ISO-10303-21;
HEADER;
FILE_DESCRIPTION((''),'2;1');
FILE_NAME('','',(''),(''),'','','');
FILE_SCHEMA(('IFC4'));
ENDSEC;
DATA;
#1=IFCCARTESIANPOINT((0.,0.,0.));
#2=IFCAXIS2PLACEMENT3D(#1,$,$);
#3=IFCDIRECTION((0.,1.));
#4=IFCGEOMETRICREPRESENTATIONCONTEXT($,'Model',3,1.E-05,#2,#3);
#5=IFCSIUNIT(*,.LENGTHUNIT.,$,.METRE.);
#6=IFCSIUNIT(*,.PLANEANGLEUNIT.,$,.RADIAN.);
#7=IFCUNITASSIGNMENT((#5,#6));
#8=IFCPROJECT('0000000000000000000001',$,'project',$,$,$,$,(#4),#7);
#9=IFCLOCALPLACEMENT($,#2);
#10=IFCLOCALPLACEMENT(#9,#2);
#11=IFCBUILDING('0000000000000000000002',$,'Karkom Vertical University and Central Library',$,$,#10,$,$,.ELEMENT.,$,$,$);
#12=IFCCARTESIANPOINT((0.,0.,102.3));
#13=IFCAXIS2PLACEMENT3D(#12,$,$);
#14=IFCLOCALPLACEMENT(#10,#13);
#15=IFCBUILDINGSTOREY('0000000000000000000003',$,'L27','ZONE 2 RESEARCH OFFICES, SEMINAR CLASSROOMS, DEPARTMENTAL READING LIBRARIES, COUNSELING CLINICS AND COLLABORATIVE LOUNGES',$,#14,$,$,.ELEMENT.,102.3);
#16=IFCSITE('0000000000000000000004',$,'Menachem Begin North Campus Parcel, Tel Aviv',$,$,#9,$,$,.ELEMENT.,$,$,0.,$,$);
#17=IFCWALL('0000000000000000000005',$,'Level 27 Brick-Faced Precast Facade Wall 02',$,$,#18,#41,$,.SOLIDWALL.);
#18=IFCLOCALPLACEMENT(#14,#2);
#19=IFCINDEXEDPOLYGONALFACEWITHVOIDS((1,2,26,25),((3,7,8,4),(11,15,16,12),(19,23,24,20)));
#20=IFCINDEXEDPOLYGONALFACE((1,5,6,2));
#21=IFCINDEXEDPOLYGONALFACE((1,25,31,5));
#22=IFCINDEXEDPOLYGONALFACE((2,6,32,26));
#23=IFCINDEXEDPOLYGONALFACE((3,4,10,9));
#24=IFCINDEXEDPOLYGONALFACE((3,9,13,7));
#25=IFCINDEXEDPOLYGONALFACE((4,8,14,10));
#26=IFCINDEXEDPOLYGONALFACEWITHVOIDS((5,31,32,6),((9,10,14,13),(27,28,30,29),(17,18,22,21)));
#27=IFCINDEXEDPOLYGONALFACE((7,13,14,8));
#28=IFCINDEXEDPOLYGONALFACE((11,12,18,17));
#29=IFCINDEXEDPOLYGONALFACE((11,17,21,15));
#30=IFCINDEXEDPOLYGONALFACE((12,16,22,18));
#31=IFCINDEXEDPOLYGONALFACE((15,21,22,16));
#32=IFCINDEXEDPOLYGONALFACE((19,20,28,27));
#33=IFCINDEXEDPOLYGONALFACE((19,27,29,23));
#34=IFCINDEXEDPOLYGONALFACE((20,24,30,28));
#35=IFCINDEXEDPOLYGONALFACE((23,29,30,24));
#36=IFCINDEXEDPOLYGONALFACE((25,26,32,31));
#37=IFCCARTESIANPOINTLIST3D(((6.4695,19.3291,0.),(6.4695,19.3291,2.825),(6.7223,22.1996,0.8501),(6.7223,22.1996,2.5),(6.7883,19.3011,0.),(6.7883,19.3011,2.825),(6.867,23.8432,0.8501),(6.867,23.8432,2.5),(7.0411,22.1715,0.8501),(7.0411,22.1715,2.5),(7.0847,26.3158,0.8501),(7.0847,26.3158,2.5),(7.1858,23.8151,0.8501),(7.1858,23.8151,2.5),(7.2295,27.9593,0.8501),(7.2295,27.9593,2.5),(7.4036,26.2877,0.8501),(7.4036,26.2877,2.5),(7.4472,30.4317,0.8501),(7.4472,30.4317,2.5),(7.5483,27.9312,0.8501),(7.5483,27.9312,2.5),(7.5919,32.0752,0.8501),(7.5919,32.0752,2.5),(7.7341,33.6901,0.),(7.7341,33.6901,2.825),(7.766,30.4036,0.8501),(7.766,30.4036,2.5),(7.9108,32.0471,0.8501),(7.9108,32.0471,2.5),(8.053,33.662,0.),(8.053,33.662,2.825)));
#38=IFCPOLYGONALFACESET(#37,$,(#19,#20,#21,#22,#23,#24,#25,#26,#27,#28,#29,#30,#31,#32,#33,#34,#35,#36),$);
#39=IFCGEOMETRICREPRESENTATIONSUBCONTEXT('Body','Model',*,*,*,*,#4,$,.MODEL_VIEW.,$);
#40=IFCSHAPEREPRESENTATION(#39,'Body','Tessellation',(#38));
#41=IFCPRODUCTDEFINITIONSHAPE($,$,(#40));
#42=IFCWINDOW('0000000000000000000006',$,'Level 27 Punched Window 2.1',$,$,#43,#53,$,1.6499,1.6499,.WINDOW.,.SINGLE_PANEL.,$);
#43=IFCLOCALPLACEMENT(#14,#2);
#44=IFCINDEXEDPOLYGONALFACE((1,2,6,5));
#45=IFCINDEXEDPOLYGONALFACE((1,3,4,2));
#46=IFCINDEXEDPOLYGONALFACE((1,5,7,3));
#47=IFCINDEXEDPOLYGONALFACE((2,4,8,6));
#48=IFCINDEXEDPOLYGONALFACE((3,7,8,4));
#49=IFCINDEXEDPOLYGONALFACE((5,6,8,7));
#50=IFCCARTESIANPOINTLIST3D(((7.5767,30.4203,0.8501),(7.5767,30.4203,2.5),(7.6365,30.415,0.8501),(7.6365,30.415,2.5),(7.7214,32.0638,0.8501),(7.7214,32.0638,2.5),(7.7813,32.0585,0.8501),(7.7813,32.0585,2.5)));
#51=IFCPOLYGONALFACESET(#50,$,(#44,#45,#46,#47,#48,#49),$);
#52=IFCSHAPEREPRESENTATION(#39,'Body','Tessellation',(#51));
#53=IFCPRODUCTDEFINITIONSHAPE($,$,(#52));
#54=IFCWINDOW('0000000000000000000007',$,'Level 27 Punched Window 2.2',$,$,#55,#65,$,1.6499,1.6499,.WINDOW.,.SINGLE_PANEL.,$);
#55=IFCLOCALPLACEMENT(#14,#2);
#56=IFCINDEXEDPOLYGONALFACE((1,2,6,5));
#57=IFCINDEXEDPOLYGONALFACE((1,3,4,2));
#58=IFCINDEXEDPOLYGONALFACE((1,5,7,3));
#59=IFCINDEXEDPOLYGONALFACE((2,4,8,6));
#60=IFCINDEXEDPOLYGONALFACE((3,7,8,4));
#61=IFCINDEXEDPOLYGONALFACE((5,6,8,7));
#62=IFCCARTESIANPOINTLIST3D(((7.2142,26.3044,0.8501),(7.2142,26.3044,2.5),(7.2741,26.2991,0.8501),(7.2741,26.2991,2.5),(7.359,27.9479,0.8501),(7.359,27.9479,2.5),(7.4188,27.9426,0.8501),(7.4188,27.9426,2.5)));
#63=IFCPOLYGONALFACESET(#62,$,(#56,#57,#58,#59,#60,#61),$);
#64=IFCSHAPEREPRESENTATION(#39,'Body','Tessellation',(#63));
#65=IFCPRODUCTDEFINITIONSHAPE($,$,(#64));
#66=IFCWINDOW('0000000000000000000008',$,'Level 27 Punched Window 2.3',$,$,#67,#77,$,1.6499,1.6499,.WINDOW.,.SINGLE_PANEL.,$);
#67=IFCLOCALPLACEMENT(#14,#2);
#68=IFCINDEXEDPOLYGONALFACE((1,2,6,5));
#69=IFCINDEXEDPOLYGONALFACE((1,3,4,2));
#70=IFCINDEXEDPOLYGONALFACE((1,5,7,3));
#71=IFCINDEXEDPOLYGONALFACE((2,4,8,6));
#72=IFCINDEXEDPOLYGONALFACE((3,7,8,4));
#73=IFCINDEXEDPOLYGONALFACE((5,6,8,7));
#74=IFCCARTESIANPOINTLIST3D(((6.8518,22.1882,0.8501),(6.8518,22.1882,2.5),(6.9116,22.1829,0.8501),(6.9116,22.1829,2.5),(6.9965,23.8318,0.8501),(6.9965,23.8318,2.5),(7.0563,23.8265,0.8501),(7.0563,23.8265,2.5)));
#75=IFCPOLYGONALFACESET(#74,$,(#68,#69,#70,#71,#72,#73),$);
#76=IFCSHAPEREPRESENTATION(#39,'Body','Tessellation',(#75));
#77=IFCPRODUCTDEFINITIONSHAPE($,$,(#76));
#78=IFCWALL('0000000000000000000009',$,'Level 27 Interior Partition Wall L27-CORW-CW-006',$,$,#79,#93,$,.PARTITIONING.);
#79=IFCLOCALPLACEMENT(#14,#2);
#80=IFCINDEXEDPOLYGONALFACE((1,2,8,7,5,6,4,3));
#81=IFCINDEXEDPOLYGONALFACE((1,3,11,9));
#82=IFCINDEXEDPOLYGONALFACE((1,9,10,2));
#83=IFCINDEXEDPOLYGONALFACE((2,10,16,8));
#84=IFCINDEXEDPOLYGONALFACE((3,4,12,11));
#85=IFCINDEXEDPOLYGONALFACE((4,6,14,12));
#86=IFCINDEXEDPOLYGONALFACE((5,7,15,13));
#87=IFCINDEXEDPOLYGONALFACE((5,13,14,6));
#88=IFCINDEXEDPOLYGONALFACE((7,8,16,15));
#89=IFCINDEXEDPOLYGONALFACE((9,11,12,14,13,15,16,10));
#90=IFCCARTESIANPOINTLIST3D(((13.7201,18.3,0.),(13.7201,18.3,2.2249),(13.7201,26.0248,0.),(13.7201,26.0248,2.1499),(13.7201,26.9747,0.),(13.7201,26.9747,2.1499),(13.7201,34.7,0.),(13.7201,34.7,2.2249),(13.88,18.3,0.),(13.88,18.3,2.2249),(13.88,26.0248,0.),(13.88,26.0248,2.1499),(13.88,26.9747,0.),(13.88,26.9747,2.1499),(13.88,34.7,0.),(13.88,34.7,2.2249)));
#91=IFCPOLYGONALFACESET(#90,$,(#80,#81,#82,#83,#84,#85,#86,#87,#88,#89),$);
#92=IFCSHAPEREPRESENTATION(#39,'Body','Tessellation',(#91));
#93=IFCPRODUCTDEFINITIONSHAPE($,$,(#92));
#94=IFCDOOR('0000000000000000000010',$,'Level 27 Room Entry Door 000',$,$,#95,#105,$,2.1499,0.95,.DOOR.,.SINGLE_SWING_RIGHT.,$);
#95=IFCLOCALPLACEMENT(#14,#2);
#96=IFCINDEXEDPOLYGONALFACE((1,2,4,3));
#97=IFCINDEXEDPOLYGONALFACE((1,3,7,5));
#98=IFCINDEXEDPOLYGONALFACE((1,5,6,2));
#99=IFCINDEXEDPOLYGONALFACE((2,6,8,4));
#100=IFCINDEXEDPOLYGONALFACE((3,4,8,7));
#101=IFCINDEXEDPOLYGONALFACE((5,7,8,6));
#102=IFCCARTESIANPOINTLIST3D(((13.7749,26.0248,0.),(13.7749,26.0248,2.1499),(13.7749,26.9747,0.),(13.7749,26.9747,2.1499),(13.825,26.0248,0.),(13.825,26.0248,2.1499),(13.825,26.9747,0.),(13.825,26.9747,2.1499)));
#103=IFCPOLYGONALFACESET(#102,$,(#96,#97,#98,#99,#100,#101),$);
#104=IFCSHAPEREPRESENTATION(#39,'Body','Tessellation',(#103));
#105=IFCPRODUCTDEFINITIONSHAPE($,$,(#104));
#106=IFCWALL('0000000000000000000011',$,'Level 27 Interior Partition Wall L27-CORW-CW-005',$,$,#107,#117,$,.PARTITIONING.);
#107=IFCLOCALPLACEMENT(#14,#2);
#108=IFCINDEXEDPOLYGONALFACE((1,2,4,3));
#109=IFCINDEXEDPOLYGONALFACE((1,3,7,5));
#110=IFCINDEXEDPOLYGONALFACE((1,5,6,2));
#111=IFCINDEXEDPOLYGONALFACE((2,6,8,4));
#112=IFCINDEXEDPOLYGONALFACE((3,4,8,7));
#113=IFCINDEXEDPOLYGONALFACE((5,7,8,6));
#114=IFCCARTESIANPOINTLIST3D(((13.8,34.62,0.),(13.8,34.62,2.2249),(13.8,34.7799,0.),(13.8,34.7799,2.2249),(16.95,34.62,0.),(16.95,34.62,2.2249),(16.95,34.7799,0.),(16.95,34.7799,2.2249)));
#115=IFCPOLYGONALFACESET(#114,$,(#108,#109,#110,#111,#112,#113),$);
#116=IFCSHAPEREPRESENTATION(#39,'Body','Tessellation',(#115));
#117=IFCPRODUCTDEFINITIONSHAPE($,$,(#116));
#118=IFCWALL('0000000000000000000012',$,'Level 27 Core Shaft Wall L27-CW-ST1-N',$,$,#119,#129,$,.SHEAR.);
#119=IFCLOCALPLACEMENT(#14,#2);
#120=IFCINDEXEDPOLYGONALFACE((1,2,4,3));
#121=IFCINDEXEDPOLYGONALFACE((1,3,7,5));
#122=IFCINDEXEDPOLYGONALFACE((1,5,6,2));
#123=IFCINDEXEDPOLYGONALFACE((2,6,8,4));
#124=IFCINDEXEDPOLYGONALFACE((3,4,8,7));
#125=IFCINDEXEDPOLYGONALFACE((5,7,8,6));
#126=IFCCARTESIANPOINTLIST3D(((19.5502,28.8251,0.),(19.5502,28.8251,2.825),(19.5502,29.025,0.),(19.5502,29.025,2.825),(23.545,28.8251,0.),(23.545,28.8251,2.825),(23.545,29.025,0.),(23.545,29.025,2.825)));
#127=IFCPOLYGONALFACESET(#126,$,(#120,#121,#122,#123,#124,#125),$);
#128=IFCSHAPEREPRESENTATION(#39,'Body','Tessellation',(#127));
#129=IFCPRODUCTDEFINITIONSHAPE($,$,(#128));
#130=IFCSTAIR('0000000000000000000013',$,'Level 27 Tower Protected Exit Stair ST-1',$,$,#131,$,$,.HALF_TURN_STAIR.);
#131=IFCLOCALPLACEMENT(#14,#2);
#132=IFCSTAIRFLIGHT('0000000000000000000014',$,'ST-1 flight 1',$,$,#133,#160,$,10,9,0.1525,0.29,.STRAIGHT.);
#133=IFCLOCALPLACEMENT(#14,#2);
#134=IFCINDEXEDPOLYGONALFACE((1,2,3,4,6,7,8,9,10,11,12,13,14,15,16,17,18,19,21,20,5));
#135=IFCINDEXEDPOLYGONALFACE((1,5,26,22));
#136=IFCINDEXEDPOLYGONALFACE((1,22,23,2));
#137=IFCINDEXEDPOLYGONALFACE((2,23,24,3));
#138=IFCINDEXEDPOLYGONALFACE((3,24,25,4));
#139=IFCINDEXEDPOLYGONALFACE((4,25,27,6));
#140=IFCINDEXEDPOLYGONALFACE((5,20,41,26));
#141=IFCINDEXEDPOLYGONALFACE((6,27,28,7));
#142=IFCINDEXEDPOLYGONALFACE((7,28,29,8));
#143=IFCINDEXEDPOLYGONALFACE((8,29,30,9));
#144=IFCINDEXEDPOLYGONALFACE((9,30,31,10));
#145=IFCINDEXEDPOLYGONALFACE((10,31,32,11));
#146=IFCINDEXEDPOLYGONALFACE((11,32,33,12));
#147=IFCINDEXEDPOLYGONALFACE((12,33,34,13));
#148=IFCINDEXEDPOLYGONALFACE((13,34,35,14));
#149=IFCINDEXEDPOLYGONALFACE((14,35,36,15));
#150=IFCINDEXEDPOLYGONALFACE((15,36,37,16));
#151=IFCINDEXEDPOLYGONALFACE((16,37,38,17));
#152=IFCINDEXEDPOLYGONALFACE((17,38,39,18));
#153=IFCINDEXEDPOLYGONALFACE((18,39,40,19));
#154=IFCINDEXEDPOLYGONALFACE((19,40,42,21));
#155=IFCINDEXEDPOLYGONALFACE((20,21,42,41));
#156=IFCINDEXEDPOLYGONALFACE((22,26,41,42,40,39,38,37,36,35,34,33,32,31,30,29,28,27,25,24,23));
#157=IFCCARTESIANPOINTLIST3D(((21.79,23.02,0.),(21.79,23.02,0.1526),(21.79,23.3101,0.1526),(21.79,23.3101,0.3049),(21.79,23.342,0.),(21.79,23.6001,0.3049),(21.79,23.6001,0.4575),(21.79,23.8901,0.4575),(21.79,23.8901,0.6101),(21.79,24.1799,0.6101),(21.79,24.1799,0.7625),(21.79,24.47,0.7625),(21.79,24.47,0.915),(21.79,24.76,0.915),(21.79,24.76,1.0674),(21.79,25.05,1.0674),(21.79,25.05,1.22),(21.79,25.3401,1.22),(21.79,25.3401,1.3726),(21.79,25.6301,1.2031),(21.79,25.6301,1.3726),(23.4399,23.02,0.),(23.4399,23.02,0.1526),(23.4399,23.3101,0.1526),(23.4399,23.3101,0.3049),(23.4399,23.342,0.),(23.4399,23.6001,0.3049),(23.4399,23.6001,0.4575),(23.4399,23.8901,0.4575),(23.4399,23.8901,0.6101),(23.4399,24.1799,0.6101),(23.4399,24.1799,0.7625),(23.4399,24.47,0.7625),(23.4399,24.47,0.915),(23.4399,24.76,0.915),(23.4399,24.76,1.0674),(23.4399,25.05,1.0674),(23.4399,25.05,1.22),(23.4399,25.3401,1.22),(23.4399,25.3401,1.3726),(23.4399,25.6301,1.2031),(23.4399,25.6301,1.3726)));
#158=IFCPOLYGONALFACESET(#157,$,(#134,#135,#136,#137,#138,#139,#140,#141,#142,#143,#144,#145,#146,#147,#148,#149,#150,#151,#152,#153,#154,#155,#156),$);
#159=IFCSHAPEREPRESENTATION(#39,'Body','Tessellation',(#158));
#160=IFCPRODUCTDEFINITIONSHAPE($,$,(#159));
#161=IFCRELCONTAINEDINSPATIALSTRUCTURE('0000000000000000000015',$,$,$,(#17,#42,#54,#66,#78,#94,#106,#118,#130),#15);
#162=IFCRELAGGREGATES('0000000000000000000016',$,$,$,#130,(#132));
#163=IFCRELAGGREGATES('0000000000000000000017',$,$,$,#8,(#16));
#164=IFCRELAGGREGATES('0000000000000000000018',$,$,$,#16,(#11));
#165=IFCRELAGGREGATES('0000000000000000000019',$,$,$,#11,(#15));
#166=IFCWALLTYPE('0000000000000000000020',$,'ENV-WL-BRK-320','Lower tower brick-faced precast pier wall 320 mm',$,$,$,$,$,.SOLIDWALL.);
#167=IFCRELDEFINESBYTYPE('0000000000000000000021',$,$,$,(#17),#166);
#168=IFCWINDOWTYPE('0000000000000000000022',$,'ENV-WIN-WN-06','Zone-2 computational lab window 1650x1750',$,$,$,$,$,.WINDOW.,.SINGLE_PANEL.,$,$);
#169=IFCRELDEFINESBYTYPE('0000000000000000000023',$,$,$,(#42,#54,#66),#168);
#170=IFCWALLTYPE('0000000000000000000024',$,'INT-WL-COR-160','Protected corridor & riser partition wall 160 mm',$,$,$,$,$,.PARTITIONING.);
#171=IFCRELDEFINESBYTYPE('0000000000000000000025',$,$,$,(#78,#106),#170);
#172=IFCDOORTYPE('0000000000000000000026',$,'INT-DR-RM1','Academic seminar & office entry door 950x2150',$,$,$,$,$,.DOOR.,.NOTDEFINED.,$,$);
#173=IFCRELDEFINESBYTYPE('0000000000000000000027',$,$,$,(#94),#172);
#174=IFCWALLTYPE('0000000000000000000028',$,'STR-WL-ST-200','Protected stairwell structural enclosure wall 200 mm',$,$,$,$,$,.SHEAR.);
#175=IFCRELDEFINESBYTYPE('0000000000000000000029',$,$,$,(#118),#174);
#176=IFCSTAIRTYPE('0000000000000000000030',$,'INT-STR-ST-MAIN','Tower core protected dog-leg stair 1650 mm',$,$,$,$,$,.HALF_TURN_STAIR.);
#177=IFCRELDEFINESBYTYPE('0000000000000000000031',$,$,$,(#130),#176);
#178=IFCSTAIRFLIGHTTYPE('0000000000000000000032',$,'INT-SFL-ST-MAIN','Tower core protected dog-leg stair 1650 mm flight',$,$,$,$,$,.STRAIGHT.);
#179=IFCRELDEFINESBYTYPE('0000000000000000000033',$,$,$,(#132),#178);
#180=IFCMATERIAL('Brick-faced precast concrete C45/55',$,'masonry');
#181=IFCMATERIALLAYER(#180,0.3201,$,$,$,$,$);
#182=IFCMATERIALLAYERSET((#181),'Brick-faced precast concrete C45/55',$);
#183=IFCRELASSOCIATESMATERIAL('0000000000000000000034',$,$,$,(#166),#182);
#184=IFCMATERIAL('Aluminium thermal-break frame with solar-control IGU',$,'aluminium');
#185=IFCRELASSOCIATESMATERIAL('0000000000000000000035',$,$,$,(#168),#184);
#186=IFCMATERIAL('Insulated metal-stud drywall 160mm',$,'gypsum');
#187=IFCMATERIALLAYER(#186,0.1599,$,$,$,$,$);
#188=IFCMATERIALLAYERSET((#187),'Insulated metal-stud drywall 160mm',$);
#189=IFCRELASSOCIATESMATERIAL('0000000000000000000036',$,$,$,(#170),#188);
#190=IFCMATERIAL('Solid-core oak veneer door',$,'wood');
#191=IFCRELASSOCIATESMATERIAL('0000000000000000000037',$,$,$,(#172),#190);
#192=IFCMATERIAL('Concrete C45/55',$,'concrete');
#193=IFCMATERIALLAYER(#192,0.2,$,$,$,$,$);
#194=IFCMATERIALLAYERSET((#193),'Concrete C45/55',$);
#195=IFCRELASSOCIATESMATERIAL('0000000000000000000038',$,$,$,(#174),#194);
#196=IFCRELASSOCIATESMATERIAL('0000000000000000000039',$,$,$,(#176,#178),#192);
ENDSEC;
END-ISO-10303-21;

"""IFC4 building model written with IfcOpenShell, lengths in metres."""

from ifc_helpers import new_model, si_unit, direction, frame, frame_2d, origin, origin_with_axes, place, context, subcontext, project, spatial, polyline, rectangle, outline, extrude, source, transform, mapped, material, layer, layer_set, type_object, element, fill, aggregate, save


model = new_model("IFC4")

# Units and contexts
model_context = context("Model", 3, precision=1e-05, world=origin(), true_north=direction((0.0, 1.0)))
body_context = subcontext(model_context, "Body", "Model", "MODEL_VIEW")
ifc_project = project(units=[si_unit("LENGTHUNIT", "METRE"), si_unit("PLANEANGLEUNIT", "RADIAN")], contexts=[model_context])

# Site, building, storey
site_placement = place(None, origin())
site = spatial("IfcSite", under=ifc_project, at=site_placement, Name="Menachem Begin North Campus Parcel, Tel Aviv", CompositionType="ELEMENT", RefElevation=0.0)
building_placement = place(site_placement, origin())
building = spatial("IfcBuilding", under=site, at=building_placement, Name="Karkom Vertical University and Central Library", CompositionType="ELEMENT")
storey_placement = place(building_placement, frame((0.0, 0.0, 102.3)))
storey = spatial("IfcBuildingStorey", under=building, at=storey_placement, Name="L27", Description="ZONE 2 RESEARCH OFFICES, SEMINAR CLASSROOMS, DEPARTMENTAL READING LIBRARIES, COUNSELING CLINICS AND COLLABORATIVE LOUNGES", CompositionType="ELEMENT", Elevation=102.3)

# Wall, openings, windows
ifc_material_1 = material(Name="Brick-faced precast concrete C45/55", Category="masonry")
ifc_layer_1 = layer(ifc_material_1, 0.3201)
ifc_layer_set_1 = layer_set([ifc_layer_1], Name="Brick-faced precast concrete C45/55")
wall_type_1 = type_object("IfcWallType", Name="ENV-WL-BRK-320", Description="Lower tower brick-faced precast pier wall 320 mm", PredefinedType="SOLIDWALL", material=ifc_layer_set_1)
wall_1_placement = place(storey_placement, frame((7.8936, 33.676, 0.0), z_axis=(0.0, 0.0, 1.0), x_axis=(-0.087723, -0.996145, 0.0)))
wall_1 = element("IfcWall", 1, at=wall_1_placement, inside=storey, type_object=wall_type_1, Name="Level 27 Brick-Faced Precast Facade Wall 02", PredefinedType="SOLIDWALL", context=body_context, shape_type="SweptSolid", body=[
    extrude(rectangle(XDim=14.4165, YDim=0.3201, at=frame_2d((7.2083, 0.0))), origin(), (0.0, 0.0, 1.0), 2.825),
])
opening_1_placement = place(wall_1_placement, frame((1.6211, 0.0, 0.8501)))
opening_1 = element("IfcOpeningElement", 2, at=opening_1_placement, cuts=wall_1, PredefinedType="OPENING", context=body_context, shape_type="SweptSolid", body=[
    extrude(rectangle(XDim=1.6499, YDim=1.6499, at=frame_2d((0.825, 0.825))), frame((0.0, 0.1699, 0.0), z_axis=(0.0, -1.0, 0.0), x_axis=(1.0, 0.0, 0.0)), (0.0, 0.0, 1.0), 0.3401),
])
opening_2_placement = place(wall_1_placement, frame((5.7529, 0.0, 0.8501)))
opening_2 = element("IfcOpeningElement", 3, at=opening_2_placement, cuts=wall_1, PredefinedType="OPENING", context=body_context, shape_type="SweptSolid", body=[
    extrude(rectangle(XDim=1.6499, YDim=1.6499, at=frame_2d((0.825, 0.825))), frame((0.0, 0.1699, 0.0), z_axis=(0.0, -1.0, 0.0), x_axis=(1.0, 0.0, 0.0)), (0.0, 0.0, 1.0), 0.3401),
])
opening_3_placement = place(wall_1_placement, frame((9.885, 0.0, 0.8501)))
opening_3 = element("IfcOpeningElement", 4, at=opening_3_placement, cuts=wall_1, PredefinedType="OPENING", context=body_context, shape_type="SweptSolid", body=[
    extrude(rectangle(XDim=1.6499, YDim=1.6499, at=frame_2d((0.825, 0.825))), frame((0.0, 0.1699, 0.0), z_axis=(0.0, -1.0, 0.0), x_axis=(1.0, 0.0, 0.0)), (0.0, 0.0, 1.0), 0.3401),
])
ifc_material_2 = material(Name="Aluminium thermal-break frame with solar-control IGU", Category="aluminium")
window_type = type_object("IfcWindowType", Name="ENV-WIN-WN-06", Description="Zone-2 computational lab window 1650x1750", PartitioningType="SINGLE_PANEL", PredefinedType="WINDOW", material=ifc_material_2)
shared_shape_1 = source(origin_with_axes(), body_context, "Body", "SweptSolid", [
    extrude(rectangle(XDim=1.6499, YDim=1.6499, at=frame_2d((0.825, 0.825))), frame((0.0, 0.03, 0.0), z_axis=(0.0, -1.0, 0.0), x_axis=(1.0, 0.0, 0.0)), (0.0, 0.0, 1.0), 0.0601),
])
window_1_placement = place(opening_1_placement, origin())
window_1 = element("IfcWindow", 5, at=window_1_placement, inside=storey, type_object=window_type, Name="Level 27 Punched Window 2.1", OverallHeight=1.6499, OverallWidth=1.6499, PartitioningType="SINGLE_PANEL", PredefinedType="WINDOW", context=body_context, shape_type="MappedRepresentation", body=[
    mapped(shared_shape_1, transform((0.0, 0.0, 0.0), scale=1.0)),
])
fill(opening_1, window_1)
window_2_placement = place(opening_2_placement, origin())
window_2 = element("IfcWindow", 6, at=window_2_placement, inside=storey, type_object=window_type, Name="Level 27 Punched Window 2.2", OverallHeight=1.6499, OverallWidth=1.6499, PartitioningType="SINGLE_PANEL", PredefinedType="WINDOW", context=body_context, shape_type="MappedRepresentation", body=[
    mapped(shared_shape_1, transform((0.0, 0.0, 0.0), scale=1.0)),
])
fill(opening_2, window_2)
window_3_placement = place(opening_3_placement, origin())
window_3 = element("IfcWindow", 7, at=window_3_placement, inside=storey, type_object=window_type, Name="Level 27 Punched Window 2.3", OverallHeight=1.6499, OverallWidth=1.6499, PartitioningType="SINGLE_PANEL", PredefinedType="WINDOW", context=body_context, shape_type="MappedRepresentation", body=[
    mapped(shared_shape_1, transform((0.0, 0.0, 0.0), scale=1.0)),
])
fill(opening_3, window_3)

# Wall, opening, door
ifc_material_3 = material(Name="Insulated metal-stud drywall 160mm", Category="gypsum")
ifc_layer_2 = layer(ifc_material_3, 0.1599)
ifc_layer_set_2 = layer_set([ifc_layer_2], Name="Insulated metal-stud drywall 160mm")
wall_type_2 = type_object("IfcWallType", Name="INT-WL-COR-160", Description="Protected corridor & riser partition wall 160 mm", PredefinedType="PARTITIONING", material=ifc_layer_set_2)
wall_2_placement = place(storey_placement, frame((13.8, 34.7, 0.0), z_axis=(0.0, 0.0, 1.0), x_axis=(0.0, -1.0, 0.0)))
wall_2 = element("IfcWall", 8, at=wall_2_placement, inside=storey, type_object=wall_type_2, Name="Level 27 Interior Partition Wall L27-CORW-CW-006", PredefinedType="PARTITIONING", context=body_context, shape_type="SweptSolid", body=[
    extrude(rectangle(XDim=16.3999, YDim=0.1599, at=frame_2d((8.2, 0.0))), origin(), (0.0, 0.0, 1.0), 2.2249),
])
opening_4_placement = place(wall_2_placement, frame((7.7251, 0.0, 0.0)))
opening_4 = element("IfcOpeningElement", 9, at=opening_4_placement, cuts=wall_2, PredefinedType="OPENING", context=body_context, shape_type="SweptSolid", body=[
    extrude(rectangle(XDim=0.95, YDim=2.1499, at=frame_2d((0.4751, 1.075))), frame((0.0, 0.0898, 0.0), z_axis=(0.0, -1.0, 0.0), x_axis=(1.0, 0.0, 0.0)), (0.0, 0.0, 1.0), 0.1799),
])
ifc_material_4 = material(Name="Solid-core oak veneer door", Category="wood")
door_type = type_object("IfcDoorType", Name="INT-DR-RM1", Description="Academic seminar & office entry door 950x2150", OperationType="NOTDEFINED", PredefinedType="DOOR", material=ifc_material_4)
shared_shape_2 = source(origin_with_axes(), body_context, "Body", "SweptSolid", [
    extrude(rectangle(XDim=0.95, YDim=2.1499, at=frame_2d((0.4751, 1.075))), frame((0.0, 0.0249, 0.0), z_axis=(0.0, -1.0, 0.0), x_axis=(1.0, 0.0, 0.0)), (0.0, 0.0, 1.0), 0.05),
])
door_placement = place(opening_4_placement, origin())
door = element("IfcDoor", 10, at=door_placement, inside=storey, type_object=door_type, Name="Level 27 Room Entry Door 000", OperationType="SINGLE_SWING_RIGHT", OverallHeight=2.1499, OverallWidth=0.95, PredefinedType="DOOR", context=body_context, shape_type="MappedRepresentation", body=[
    mapped(shared_shape_2, transform((0.0, 0.0, 0.0), scale=1.0)),
])
fill(opening_4, door)

# Walls
wall_3_placement = place(storey_placement, frame((16.95, 34.7, 0.0), z_axis=(0.0, 0.0, 1.0), x_axis=(-1.0, 0.0, 0.0)))
element("IfcWall", 11, at=wall_3_placement, inside=storey, type_object=wall_type_2, Name="Level 27 Interior Partition Wall L27-CORW-CW-005", PredefinedType="PARTITIONING", context=body_context, shape_type="SweptSolid", body=[
    extrude(rectangle(XDim=3.1499, YDim=0.1599, at=frame_2d((1.575, 0.0))), origin(), (0.0, 0.0, 1.0), 2.2249),
])
ifc_material_5 = material(Name="Concrete C45/55", Category="concrete")
ifc_layer_3 = layer(ifc_material_5, 0.2)
ifc_layer_set_3 = layer_set([ifc_layer_3], Name="Concrete C45/55")
wall_type_3 = type_object("IfcWallType", Name="STR-WL-ST-200", Description="Protected stairwell structural enclosure wall 200 mm", PredefinedType="SHEAR", material=ifc_layer_set_3)
wall_4_placement = place(storey_placement, frame((19.55, 28.925, 0.0), z_axis=(0.0, 0.0, 1.0), x_axis=(1.0, 0.0, 0.0)))
element("IfcWall", 12, at=wall_4_placement, inside=storey, type_object=wall_type_3, Name="Level 27 Core Shaft Wall L27-CW-ST1-N", PredefinedType="SHEAR", context=body_context, shape_type="SweptSolid", body=[
    extrude(rectangle(XDim=3.9949, YDim=0.2, at=frame_2d((1.9976, 0.0))), origin(), (0.0, 0.0, 1.0), 2.825),
])

# Stair, stair flight
stair_type = type_object("IfcStairType", Name="INT-STR-ST-MAIN", Description="Tower core protected dog-leg stair 1650 mm", PredefinedType="HALF_TURN_STAIR", material=ifc_material_5)
stair_placement = place(storey_placement, origin())
stair = element("IfcStair", 13, at=stair_placement, inside=storey, type_object=stair_type, Name="Level 27 Tower Protected Exit Stair ST-1", PredefinedType="HALF_TURN_STAIR")
stair_flight_type = type_object("IfcStairFlightType", Name="INT-SFL-ST-MAIN", Description="Tower core protected dog-leg stair 1650 mm flight", PredefinedType="STRAIGHT", material=ifc_material_5)
stair_flight_1_placement = place(storey_placement, frame((22.615, 23.02, 0.0), z_axis=(0.0, 0.0, 1.0), x_axis=(0.0, 1.0, 0.0)))
stair_flight_1 = element("IfcStairFlight", 14, at=stair_flight_1_placement, type_object=stair_flight_type, Name="ST-1 flight 1", NumberOfRisers=10, NumberOfTreads=9, PredefinedType="STRAIGHT", RiserHeight=0.1525, TreadLength=0.29, context=body_context, shape_type="SweptSolid", body=[
    extrude(outline(polyline([(0.0, 0.0), (0.0, 0.1526), (0.29, 0.1526), (0.29, 0.3049), (0.5801, 0.3049), (0.5801, 0.4575), (0.8701, 0.4575), (0.8701, 0.6101), (1.1599, 0.6101), (1.1599, 0.7625), (1.45, 0.7625), (1.45, 0.915), (1.74, 0.915), (1.74, 1.0674), (2.03, 1.0674), (2.03, 1.22), (2.3201, 1.22), (2.3201, 1.3726), (2.6101, 1.3726), (2.6101, 1.5249), (2.6101, 1.2031), (0.322, 0.0), (0.0, 0.0)])), frame((0.0, 0.825, 0.0), z_axis=(0.0, -1.0, 0.0), x_axis=(1.0, 0.0, 0.0)), (0.0, 0.0, 1.0), 1.6499),
])
aggregate(stair, [stair_flight_1])

save(model, "model.ifc")
